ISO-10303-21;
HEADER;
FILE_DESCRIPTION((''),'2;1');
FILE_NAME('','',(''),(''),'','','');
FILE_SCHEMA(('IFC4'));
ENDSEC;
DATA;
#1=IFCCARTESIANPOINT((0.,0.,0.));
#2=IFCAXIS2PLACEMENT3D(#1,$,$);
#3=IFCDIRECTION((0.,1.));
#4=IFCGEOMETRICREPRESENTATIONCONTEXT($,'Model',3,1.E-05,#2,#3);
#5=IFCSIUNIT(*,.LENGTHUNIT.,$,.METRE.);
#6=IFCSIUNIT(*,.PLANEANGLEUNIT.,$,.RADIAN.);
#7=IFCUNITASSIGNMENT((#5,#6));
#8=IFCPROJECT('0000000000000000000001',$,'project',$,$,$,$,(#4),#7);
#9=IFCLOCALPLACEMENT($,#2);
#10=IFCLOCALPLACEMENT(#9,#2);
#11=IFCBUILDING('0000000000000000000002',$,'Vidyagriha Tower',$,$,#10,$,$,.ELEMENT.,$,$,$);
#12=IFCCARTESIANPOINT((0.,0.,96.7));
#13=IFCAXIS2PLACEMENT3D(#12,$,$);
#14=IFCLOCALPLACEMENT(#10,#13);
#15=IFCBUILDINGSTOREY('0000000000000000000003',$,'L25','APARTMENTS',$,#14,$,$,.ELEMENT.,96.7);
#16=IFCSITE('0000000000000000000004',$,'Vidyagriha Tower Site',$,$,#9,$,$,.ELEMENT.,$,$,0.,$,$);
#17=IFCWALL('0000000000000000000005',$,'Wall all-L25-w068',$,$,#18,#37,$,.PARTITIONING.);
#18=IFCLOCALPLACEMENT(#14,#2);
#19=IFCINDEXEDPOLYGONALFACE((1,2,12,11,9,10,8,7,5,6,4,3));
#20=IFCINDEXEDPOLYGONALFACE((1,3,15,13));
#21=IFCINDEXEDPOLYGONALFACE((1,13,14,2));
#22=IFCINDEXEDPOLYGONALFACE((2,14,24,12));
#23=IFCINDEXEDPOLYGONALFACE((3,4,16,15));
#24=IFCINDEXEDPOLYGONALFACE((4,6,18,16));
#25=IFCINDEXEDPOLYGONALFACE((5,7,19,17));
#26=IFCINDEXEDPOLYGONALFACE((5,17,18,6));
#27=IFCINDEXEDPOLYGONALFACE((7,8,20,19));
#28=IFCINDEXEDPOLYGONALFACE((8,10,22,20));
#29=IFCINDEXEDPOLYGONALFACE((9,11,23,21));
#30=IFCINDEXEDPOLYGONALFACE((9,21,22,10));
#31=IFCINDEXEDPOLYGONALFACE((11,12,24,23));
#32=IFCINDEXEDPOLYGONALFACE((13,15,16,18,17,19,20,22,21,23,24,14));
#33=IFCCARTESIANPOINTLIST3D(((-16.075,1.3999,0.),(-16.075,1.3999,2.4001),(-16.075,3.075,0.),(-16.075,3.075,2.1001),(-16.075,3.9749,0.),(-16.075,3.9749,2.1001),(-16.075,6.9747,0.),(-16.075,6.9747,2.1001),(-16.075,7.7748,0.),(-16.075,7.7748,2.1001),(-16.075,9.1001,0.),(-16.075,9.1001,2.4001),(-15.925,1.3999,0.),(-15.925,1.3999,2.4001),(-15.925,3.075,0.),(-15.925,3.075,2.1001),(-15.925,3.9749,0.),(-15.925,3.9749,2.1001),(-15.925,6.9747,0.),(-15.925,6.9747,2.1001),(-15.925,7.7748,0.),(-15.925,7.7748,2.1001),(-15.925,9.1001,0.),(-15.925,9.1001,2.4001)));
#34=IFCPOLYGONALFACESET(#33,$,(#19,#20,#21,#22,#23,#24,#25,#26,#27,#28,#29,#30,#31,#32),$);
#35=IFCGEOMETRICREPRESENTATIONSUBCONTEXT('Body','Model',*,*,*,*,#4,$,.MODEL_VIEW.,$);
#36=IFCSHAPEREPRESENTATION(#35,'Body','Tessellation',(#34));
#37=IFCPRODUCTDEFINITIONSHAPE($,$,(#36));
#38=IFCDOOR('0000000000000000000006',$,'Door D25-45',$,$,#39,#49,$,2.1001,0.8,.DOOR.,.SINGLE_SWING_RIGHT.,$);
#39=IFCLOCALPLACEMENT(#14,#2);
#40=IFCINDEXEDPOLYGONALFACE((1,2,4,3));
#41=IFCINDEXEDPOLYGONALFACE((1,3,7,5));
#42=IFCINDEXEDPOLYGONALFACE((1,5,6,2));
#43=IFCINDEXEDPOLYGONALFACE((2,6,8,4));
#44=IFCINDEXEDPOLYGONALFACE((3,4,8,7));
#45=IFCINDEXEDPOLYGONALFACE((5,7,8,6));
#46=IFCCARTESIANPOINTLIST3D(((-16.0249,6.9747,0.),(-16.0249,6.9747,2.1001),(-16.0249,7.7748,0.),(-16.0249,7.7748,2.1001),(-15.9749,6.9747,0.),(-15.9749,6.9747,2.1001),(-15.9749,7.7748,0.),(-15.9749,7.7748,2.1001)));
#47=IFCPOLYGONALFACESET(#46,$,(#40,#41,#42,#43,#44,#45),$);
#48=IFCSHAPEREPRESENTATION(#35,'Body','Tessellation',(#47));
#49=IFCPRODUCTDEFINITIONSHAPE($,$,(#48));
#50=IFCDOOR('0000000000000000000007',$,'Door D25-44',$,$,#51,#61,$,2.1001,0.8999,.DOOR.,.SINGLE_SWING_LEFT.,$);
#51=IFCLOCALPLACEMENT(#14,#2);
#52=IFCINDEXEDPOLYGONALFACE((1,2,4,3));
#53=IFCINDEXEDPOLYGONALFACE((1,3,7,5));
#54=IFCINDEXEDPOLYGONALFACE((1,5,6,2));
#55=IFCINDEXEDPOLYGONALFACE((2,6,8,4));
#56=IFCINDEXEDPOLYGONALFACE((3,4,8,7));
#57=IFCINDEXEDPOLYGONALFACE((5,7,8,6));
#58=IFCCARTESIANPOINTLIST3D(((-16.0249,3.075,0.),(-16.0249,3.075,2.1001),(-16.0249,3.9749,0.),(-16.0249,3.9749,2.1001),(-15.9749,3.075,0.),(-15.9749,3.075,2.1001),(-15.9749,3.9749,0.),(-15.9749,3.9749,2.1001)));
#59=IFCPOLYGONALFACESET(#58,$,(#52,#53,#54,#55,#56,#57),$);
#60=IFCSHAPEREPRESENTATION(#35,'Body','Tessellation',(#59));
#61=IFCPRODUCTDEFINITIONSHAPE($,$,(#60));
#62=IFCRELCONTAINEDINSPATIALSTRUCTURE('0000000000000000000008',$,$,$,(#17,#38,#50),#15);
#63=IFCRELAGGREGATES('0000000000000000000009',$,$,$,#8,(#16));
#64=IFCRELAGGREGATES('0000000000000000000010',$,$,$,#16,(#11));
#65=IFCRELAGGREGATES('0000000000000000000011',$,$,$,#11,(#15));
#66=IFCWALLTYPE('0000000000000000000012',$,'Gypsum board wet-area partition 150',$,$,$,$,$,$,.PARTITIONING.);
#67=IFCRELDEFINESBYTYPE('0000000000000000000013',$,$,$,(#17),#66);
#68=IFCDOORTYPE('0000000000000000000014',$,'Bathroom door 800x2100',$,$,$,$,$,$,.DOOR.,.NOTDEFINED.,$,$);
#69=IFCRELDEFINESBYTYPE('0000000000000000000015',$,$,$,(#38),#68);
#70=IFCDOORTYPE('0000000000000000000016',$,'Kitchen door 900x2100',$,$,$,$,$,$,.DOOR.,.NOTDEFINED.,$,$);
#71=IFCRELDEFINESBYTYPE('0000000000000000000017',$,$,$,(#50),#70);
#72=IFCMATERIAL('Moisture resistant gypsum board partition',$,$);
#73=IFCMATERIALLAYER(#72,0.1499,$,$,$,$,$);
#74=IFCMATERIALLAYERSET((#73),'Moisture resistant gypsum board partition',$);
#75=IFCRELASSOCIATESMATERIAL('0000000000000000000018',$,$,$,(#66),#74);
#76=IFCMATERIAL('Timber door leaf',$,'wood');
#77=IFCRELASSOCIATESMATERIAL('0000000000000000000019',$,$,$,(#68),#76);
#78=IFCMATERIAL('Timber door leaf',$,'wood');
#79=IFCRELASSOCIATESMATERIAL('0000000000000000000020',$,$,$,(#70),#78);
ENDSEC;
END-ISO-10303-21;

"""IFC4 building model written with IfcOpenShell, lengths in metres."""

from ifc_helpers import new_model, si_unit, direction, frame, frame_2d, origin, place, context, subcontext, project, spatial, rectangle, extrude, material, layer, layer_set, type_object, element, fill, save


model = new_model("IFC4")

# Units and contexts
model_context = context("Model", 3, precision=1e-05, world=origin(), true_north=direction((0.0, 1.0)))
body_context = subcontext(model_context, "Body", "Model", "MODEL_VIEW")
ifc_project = project(units=[si_unit("LENGTHUNIT", "METRE"), si_unit("PLANEANGLEUNIT", "RADIAN")], contexts=[model_context])

# Site, building, storey
site_placement = place(None, origin())
site = spatial("IfcSite", under=ifc_project, at=site_placement, Name="Vidyagriha Tower Site", CompositionType="ELEMENT", RefElevation=0.0)
building_placement = place(site_placement, origin())
building = spatial("IfcBuilding", under=site, at=building_placement, Name="Vidyagriha Tower", CompositionType="ELEMENT")
storey_placement = place(building_placement, frame((0.0, 0.0, 96.7)))
storey = spatial("IfcBuildingStorey", under=building, at=storey_placement, Name="L25", Description="APARTMENTS", CompositionType="ELEMENT", Elevation=96.7)

# Wall, openings, doors
ifc_material_1 = material(Name="Moisture resistant gypsum board partition")
ifc_layer_1 = layer(ifc_material_1, 0.1499)
ifc_layer_set_1 = layer_set([ifc_layer_1], Name="Moisture resistant gypsum board partition")
wall_type_1 = type_object("IfcWallType", Name="Gypsum board wet-area partition 150", PredefinedType="PARTITIONING", material=ifc_layer_set_1)
wall_1_placement = place(storey_placement, frame((-16.0, 1.3999, 0.0), z_axis=(0.0, 0.0, 1.0), x_axis=(0.0, 1.0, 0.0)))
wall_1 = element("IfcWall", 1, at=wall_1_placement, inside=storey, type_object=wall_type_1, Name="Wall all-L25-w068", PredefinedType="PARTITIONING", context=body_context, shape_type="SweptSolid", body=[
    extrude(rectangle(XDim=7.7002, YDim=0.1499, at=frame_2d((3.8501, 0.0))), origin(), (0.0, 0.0, 1.0), 2.4001),
])
opening_1_placement = place(wall_1_placement, frame((1.675, 0.0, 0.0)))
opening_1 = element("IfcOpeningElement", 2, at=opening_1_placement, cuts=wall_1, PredefinedType="OPENING", context=body_context, shape_type="SweptSolid", body=[
    extrude(rectangle(XDim=0.8999, YDim=2.1001, at=frame_2d((0.45, 1.05))), frame((0.0, 0.085, 0.0), z_axis=(0.0, -1.0, 0.0), x_axis=(1.0, 0.0, 0.0)), (0.0, 0.0, 1.0), 0.1699),
])
opening_2_placement = place(wall_1_placement, frame((5.575, 0.0, 0.0)))
opening_2 = element("IfcOpeningElement", 3, at=opening_2_placement, cuts=wall_1, PredefinedType="OPENING", context=body_context, shape_type="SweptSolid", body=[
    extrude(rectangle(XDim=0.8, YDim=2.1001, at=frame_2d((0.3999, 1.05))), frame((0.0, 0.085, 0.0), z_axis=(0.0, -1.0, 0.0), x_axis=(1.0, 0.0, 0.0)), (0.0, 0.0, 1.0), 0.1699),
])
ifc_material_2 = material(Name="Timber door leaf", Category="wood")
door_type_1 = type_object("IfcDoorType", Name="Bathroom door 800x2100", OperationType="NOTDEFINED", PredefinedType="DOOR", material=ifc_material_2)
door_1_placement = place(opening_2_placement, origin())
door_1 = element("IfcDoor", 4, at=door_1_placement, inside=storey, type_object=door_type_1, Name="Door D25-45", OperationType="SINGLE_SWING_RIGHT", OverallHeight=2.1001, OverallWidth=0.8, PredefinedType="DOOR", context=body_context, shape_type="SweptSolid", body=[
    extrude(rectangle(XDim=0.8, YDim=2.1001, at=frame_2d((0.3999, 1.05))), frame((0.0, 0.0249, 0.0), z_axis=(0.0, -1.0, 0.0), x_axis=(1.0, 0.0, 0.0)), (0.0, 0.0, 1.0), 0.05),
])
fill(opening_2, door_1)
ifc_material_3 = material(Name="Timber door leaf", Category="wood")
door_type_2 = type_object("IfcDoorType", Name="Kitchen door 900x2100", OperationType="NOTDEFINED", PredefinedType="DOOR", material=ifc_material_3)
door_2_placement = place(opening_1_placement, origin())
door_2 = element("IfcDoor", 5, at=door_2_placement, inside=storey, type_object=door_type_2, Name="Door D25-44", OperationType="SINGLE_SWING_LEFT", OverallHeight=2.1001, OverallWidth=0.8999, PredefinedType="DOOR", context=body_context, shape_type="SweptSolid", body=[
    extrude(rectangle(XDim=0.8999, YDim=2.1001, at=frame_2d((0.45, 1.05))), frame((0.0, 0.0249, 0.0), z_axis=(0.0, -1.0, 0.0), x_axis=(1.0, 0.0, 0.0)), (0.0, 0.0, 1.0), 0.05),
])
fill(opening_1, door_2)

save(model, "model.ifc")
